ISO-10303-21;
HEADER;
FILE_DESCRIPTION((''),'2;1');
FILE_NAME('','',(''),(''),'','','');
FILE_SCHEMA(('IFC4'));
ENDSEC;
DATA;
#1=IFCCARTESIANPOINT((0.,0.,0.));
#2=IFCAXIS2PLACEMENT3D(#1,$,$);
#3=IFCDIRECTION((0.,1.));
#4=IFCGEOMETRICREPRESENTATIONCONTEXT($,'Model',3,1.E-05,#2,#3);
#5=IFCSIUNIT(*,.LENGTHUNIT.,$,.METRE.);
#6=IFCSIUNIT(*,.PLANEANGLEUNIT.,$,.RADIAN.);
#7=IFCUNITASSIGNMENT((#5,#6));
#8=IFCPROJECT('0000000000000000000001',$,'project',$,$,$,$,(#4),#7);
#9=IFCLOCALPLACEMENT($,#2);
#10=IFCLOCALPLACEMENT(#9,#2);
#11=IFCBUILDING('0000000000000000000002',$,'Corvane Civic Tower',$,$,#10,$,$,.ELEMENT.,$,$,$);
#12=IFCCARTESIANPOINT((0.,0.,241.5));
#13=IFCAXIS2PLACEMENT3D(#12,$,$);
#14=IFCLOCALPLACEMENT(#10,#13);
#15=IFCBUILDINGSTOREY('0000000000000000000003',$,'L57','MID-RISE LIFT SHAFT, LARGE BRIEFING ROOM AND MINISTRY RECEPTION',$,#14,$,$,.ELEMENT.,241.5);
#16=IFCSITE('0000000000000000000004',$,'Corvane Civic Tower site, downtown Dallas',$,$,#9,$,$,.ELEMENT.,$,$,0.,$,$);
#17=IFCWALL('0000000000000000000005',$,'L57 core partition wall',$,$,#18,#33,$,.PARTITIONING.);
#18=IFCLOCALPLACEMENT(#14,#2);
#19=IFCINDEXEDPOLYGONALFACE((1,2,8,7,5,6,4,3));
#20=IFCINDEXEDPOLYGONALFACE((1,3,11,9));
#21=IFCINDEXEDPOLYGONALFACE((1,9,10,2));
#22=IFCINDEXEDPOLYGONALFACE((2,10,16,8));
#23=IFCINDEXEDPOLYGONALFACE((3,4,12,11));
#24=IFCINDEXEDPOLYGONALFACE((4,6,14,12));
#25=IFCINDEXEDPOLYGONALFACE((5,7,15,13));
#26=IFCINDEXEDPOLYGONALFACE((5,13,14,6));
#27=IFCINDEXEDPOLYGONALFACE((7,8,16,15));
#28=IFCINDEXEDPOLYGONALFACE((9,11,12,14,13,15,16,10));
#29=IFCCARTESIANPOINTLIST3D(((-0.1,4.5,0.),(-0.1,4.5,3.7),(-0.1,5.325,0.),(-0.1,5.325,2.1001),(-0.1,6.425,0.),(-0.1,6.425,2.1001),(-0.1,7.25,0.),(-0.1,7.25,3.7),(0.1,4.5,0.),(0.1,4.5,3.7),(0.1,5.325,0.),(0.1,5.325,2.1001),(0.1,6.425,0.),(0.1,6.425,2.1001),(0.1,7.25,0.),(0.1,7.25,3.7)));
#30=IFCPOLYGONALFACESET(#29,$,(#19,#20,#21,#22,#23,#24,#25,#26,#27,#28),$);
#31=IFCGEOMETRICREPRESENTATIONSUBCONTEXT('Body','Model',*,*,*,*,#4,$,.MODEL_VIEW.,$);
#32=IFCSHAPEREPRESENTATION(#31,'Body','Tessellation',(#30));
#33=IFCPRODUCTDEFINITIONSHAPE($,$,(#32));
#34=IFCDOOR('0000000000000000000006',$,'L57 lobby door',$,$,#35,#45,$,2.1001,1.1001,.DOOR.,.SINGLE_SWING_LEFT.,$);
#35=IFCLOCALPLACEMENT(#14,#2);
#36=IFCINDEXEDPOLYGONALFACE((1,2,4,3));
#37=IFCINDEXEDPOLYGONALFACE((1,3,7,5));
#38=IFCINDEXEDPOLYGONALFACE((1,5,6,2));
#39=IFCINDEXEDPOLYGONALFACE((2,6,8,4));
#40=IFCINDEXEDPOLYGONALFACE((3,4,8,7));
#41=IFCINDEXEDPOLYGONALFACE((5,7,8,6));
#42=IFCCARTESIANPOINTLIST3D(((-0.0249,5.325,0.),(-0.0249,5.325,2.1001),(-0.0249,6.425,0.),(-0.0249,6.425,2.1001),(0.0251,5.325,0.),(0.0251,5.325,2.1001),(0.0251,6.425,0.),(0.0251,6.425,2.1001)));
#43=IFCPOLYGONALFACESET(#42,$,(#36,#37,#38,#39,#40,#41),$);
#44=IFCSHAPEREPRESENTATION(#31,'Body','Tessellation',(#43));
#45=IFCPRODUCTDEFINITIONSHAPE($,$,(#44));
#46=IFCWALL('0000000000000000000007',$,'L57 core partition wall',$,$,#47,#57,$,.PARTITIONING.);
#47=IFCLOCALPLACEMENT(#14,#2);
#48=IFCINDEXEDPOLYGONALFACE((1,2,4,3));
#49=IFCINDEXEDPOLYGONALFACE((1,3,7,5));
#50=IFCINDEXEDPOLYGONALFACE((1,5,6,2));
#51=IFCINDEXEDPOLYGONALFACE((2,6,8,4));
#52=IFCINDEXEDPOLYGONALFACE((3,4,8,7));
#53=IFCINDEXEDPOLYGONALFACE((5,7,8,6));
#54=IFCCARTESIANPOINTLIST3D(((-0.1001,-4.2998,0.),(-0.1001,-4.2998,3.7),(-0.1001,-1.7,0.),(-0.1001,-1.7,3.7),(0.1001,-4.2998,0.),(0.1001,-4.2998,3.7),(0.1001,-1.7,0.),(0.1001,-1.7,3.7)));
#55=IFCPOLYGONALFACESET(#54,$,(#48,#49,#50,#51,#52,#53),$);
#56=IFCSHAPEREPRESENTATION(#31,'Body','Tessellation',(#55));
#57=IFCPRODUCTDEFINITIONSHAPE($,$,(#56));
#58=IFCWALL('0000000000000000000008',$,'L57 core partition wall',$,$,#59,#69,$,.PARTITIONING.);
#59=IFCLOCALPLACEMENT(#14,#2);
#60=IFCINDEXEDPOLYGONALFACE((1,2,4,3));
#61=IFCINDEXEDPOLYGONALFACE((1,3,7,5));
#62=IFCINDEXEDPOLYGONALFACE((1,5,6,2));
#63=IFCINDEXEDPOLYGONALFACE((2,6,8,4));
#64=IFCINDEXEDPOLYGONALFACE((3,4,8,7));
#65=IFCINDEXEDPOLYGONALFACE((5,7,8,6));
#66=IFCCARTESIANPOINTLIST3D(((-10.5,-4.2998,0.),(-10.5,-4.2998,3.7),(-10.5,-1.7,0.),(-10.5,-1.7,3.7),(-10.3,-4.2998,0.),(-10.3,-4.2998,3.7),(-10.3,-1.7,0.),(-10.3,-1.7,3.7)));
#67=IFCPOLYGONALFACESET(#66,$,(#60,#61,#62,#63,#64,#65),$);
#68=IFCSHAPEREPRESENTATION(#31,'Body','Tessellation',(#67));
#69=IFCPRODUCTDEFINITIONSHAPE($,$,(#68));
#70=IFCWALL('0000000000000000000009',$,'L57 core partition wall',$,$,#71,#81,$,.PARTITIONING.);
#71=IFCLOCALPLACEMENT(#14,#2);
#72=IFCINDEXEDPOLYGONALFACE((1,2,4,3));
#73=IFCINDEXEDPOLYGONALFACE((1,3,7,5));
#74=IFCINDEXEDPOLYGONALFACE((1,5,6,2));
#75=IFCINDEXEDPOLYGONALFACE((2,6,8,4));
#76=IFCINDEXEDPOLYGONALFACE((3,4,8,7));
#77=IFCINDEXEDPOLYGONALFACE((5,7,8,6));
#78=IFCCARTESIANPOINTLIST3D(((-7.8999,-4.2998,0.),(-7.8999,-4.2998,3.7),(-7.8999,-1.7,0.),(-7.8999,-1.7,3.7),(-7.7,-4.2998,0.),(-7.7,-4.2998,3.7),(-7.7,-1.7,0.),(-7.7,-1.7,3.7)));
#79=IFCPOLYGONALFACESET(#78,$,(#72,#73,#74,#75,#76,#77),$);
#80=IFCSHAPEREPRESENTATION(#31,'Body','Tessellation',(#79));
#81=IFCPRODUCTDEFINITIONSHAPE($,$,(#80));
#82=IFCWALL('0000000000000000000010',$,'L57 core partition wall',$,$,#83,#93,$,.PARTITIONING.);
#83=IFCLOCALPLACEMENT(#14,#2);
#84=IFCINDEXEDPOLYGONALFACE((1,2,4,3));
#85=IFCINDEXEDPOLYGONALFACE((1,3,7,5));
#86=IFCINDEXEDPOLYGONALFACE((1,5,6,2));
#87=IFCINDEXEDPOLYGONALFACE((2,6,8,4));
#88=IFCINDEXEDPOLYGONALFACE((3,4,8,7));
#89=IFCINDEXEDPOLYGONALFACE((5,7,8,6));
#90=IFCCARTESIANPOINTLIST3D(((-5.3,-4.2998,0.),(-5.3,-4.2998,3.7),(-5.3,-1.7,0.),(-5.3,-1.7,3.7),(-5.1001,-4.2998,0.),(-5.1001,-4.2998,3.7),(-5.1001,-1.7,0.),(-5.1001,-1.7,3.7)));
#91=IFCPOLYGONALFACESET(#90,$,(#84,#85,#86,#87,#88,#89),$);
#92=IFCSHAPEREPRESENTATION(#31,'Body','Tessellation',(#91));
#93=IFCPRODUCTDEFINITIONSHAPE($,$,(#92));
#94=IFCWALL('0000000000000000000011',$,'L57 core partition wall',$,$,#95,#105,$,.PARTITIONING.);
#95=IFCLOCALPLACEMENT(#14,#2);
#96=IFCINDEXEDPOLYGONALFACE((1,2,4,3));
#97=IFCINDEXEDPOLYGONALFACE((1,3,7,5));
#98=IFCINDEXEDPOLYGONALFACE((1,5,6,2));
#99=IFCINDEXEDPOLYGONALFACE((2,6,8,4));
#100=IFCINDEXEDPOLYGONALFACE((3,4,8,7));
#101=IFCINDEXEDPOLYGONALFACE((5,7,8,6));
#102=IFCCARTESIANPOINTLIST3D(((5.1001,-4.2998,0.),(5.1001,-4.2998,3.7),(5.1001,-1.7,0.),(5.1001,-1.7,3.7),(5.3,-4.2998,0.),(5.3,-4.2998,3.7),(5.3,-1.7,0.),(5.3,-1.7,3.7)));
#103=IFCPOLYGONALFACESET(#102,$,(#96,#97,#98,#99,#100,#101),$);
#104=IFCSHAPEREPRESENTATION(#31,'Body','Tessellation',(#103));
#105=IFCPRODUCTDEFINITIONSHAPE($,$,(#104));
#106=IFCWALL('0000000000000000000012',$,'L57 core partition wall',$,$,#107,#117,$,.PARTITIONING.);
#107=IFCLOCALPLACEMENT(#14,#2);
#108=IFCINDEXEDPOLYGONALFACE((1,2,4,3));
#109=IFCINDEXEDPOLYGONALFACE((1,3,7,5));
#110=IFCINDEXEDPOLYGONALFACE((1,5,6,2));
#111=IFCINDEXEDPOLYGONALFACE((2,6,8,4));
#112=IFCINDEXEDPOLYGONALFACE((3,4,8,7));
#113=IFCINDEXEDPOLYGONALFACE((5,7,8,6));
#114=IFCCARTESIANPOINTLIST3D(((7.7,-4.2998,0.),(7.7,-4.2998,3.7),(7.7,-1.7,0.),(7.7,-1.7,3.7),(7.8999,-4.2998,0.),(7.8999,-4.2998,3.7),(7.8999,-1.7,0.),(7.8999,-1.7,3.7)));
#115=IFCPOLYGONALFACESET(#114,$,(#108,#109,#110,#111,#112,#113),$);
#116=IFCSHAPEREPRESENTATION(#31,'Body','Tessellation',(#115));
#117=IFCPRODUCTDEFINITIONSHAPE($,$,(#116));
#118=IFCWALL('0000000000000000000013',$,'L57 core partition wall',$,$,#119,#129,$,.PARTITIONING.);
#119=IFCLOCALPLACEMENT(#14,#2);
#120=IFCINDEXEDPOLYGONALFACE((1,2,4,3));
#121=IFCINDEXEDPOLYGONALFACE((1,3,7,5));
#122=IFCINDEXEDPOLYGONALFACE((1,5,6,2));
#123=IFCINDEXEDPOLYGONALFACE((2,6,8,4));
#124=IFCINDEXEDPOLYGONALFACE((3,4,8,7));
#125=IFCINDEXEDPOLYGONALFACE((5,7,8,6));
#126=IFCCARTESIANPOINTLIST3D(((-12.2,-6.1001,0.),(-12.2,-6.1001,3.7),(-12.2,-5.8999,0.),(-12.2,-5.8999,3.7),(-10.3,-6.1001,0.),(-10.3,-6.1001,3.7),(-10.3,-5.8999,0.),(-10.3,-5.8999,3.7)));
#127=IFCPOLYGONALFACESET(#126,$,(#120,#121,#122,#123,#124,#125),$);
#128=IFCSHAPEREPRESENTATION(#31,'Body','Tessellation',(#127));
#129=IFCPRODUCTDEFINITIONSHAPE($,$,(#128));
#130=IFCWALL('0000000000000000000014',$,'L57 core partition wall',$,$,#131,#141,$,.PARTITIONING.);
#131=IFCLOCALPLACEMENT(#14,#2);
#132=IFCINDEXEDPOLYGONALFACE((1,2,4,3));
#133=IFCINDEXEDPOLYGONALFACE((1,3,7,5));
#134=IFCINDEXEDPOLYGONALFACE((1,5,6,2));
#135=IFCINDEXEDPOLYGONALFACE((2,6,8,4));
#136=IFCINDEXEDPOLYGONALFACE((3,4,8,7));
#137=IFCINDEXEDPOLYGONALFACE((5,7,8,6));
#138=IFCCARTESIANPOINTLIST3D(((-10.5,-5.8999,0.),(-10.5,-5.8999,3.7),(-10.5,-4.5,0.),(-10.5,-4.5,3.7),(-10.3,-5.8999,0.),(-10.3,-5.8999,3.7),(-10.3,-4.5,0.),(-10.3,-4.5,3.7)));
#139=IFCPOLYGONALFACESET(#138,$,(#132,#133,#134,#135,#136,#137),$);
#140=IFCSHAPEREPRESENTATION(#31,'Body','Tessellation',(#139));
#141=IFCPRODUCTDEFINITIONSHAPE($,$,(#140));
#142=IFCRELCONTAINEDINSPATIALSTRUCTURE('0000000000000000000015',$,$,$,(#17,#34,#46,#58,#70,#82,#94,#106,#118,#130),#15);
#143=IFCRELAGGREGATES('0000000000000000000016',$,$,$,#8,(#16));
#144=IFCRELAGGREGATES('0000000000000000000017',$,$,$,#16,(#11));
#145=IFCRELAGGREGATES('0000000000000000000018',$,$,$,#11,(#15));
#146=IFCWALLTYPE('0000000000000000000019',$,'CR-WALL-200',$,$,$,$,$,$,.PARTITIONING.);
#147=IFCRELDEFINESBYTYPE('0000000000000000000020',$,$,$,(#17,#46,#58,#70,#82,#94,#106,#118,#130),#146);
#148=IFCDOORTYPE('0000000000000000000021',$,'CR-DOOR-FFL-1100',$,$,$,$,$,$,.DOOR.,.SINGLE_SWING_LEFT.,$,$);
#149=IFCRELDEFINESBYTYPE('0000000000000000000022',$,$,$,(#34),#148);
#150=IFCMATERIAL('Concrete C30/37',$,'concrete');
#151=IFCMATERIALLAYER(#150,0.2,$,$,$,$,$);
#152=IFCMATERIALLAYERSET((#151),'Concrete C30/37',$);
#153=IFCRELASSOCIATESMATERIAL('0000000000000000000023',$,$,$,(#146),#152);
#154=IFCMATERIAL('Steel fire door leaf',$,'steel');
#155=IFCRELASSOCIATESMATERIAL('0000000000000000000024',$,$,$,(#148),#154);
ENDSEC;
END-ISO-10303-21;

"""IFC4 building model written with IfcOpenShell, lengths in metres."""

from ifc_helpers import new_model, si_unit, direction, frame, frame_2d, origin, place, context, subcontext, project, spatial, polyline, rectangle, outline, extrude, material, layer, layer_set, type_object, element, fill, save


model = new_model("IFC4")

# Units and contexts
model_context = context("Model", 3, precision=1e-05, world=origin(), true_north=direction((0.0, 1.0)))
body_context = subcontext(model_context, "Body", "Model", "MODEL_VIEW")
ifc_project = project(units=[si_unit("LENGTHUNIT", "METRE"), si_unit("PLANEANGLEUNIT", "RADIAN")], contexts=[model_context])

# Site, building, storey
site_placement = place(None, origin())
site = spatial("IfcSite", under=ifc_project, at=site_placement, Name="Corvane Civic Tower site, downtown Dallas", CompositionType="ELEMENT", RefElevation=0.0)
building_placement = place(site_placement, origin())
building = spatial("IfcBuilding", under=site, at=building_placement, Name="Corvane Civic Tower", CompositionType="ELEMENT")
storey_placement = place(building_placement, frame((0.0, 0.0, 241.5)))
storey = spatial("IfcBuildingStorey", under=building, at=storey_placement, Name="L57", Description="MID-RISE LIFT SHAFT, LARGE BRIEFING ROOM AND MINISTRY RECEPTION", CompositionType="ELEMENT", Elevation=241.5)

# Wall, opening, door
ifc_material_1 = material(Name="Concrete C30/37", Category="concrete")
ifc_layer = layer(ifc_material_1, 0.2)
ifc_layer_set = layer_set([ifc_layer], Name="Concrete C30/37")
wall_type = type_object("IfcWallType", Name="CR-WALL-200", PredefinedType="PARTITIONING", material=ifc_layer_set)
wall_1_placement = place(storey_placement, frame((0.0, 4.5, 0.0), z_axis=(0.0, 0.0, 1.0), x_axis=(0.0, 1.0, 0.0)))
wall_1 = element("IfcWall", 1, at=wall_1_placement, inside=storey, type_object=wall_type, Name="L57 core partition wall", PredefinedType="PARTITIONING", context=body_context, shape_type="SweptSolid", body=[
    extrude(rectangle(XDim=2.75, YDim=0.2, at=frame_2d((1.375, 0.0))), origin(), (0.0, 0.0, 1.0), 3.7),
])
opening_placement = place(wall_1_placement, frame((0.825, 0.0, 0.0)))
opening = element("IfcOpeningElement", 2, at=opening_placement, cuts=wall_1, PredefinedType="OPENING", context=body_context, shape_type="SweptSolid", body=[
    extrude(rectangle(XDim=1.1001, YDim=2.1001, at=frame_2d((0.55, 1.05))), frame((0.0, 0.1099, 0.0), z_axis=(0.0, -1.0, 0.0), x_axis=(1.0, 0.0, 0.0)), (0.0, 0.0, 1.0), 0.22),
])
ifc_material_2 = material(Name="Steel fire door leaf", Category="steel")
door_type = type_object("IfcDoorType", Name="CR-DOOR-FFL-1100", OperationType="SINGLE_SWING_LEFT", PredefinedType="DOOR", material=ifc_material_2)
door_placement = place(opening_placement, origin())
door = element("IfcDoor", 3, at=door_placement, inside=storey, type_object=door_type, Name="L57 lobby door", OperationType="SINGLE_SWING_LEFT", OverallHeight=2.1001, OverallWidth=1.1001, PredefinedType="DOOR", context=body_context, shape_type="SweptSolid", body=[
    extrude(rectangle(XDim=1.1001, YDim=2.1001, at=frame_2d((0.55, 1.05))), frame((0.0, 0.0249, 0.0), z_axis=(0.0, -1.0, 0.0), x_axis=(1.0, 0.0, 0.0)), (0.0, 0.0, 1.0), 0.05),
])
fill(opening, door)

# Walls
wall_2_placement = place(storey_placement, origin())
element("IfcWall", 4, at=wall_2_placement, inside=storey, type_object=wall_type, Name="L57 core partition wall", PredefinedType="PARTITIONING", context=body_context, shape_type="SweptSolid", body=[
    extrude(outline(polyline([(0.1001, -1.7), (0.1001, -4.2998), (-0.1001, -4.2998), (-0.1001, -1.7), (0.1001, -1.7)])), origin(), (0.0, 0.0, 1.0), 3.7),
])
wall_3_placement = place(storey_placement, origin())
element("IfcWall", 5, at=wall_3_placement, inside=storey, type_object=wall_type, Name="L57 core partition wall", PredefinedType="PARTITIONING", context=body_context, shape_type="SweptSolid", body=[
    extrude(outline(polyline([(-10.3, -1.7), (-10.3, -4.2998), (-10.5, -4.2998), (-10.5, -1.7), (-10.3, -1.7)])), origin(), (0.0, 0.0, 1.0), 3.7),
])
wall_4_placement = place(storey_placement, origin())
element("IfcWall", 6, at=wall_4_placement, inside=storey, type_object=wall_type, Name="L57 core partition wall", PredefinedType="PARTITIONING", context=body_context, shape_type="SweptSolid", body=[
    extrude(outline(polyline([(-7.7, -1.7), (-7.7, -4.2998), (-7.8999, -4.2998), (-7.8999, -1.7), (-7.7, -1.7)])), origin(), (0.0, 0.0, 1.0), 3.7),
])
wall_5_placement = place(storey_placement, origin())
element("IfcWall", 7, at=wall_5_placement, inside=storey, type_object=wall_type, Name="L57 core partition wall", PredefinedType="PARTITIONING", context=body_context, shape_type="SweptSolid", body=[
    extrude(outline(polyline([(-5.1001, -1.7), (-5.1001, -4.2998), (-5.3, -4.2998), (-5.3, -1.7), (-5.1001, -1.7)])), origin(), (0.0, 0.0, 1.0), 3.7),
])
wall_6_placement = place(storey_placement, origin())
element("IfcWall", 8, at=wall_6_placement, inside=storey, type_object=wall_type, Name="L57 core partition wall", PredefinedType="PARTITIONING", context=body_context, shape_type="SweptSolid", body=[
    extrude(outline(polyline([(5.3, -1.7), (5.3, -4.2998), (5.1001, -4.2998), (5.1001, -1.7), (5.3, -1.7)])), origin(), (0.0, 0.0, 1.0), 3.7),
])
wall_7_placement = place(storey_placement, origin())
element("IfcWall", 9, at=wall_7_placement, inside=storey, type_object=wall_type, Name="L57 core partition wall", PredefinedType="PARTITIONING", context=body_context, shape_type="SweptSolid", body=[
    extrude(outline(polyline([(7.8999, -1.7), (7.8999, -4.2998), (7.7, -4.2998), (7.7, -1.7), (7.8999, -1.7)])), origin(), (0.0, 0.0, 1.0), 3.7),
])
wall_8_placement = place(storey_placement, origin())
element("IfcWall", 10, at=wall_8_placement, inside=storey, type_object=wall_type, Name="L57 core partition wall", PredefinedType="PARTITIONING", context=body_context, shape_type="SweptSolid", body=[
    extrude(outline(polyline([(-10.3, -6.1001), (-12.2, -6.1001), (-12.2, -5.8999), (-10.3, -5.8999), (-10.3, -6.1001)])), origin(), (0.0, 0.0, 1.0), 3.7),
])
wall_9_placement = place(storey_placement, origin())
element("IfcWall", 11, at=wall_9_placement, inside=storey, type_object=wall_type, Name="L57 core partition wall", PredefinedType="PARTITIONING", context=body_context, shape_type="SweptSolid", body=[
    extrude(outline(polyline([(-10.3, -5.8999), (-10.5, -5.8999), (-10.5, -4.5), (-10.3, -4.5), (-10.3, -5.8999)])), origin(), (0.0, 0.0, 1.0), 3.7),
])

save(model, "model.ifc")
